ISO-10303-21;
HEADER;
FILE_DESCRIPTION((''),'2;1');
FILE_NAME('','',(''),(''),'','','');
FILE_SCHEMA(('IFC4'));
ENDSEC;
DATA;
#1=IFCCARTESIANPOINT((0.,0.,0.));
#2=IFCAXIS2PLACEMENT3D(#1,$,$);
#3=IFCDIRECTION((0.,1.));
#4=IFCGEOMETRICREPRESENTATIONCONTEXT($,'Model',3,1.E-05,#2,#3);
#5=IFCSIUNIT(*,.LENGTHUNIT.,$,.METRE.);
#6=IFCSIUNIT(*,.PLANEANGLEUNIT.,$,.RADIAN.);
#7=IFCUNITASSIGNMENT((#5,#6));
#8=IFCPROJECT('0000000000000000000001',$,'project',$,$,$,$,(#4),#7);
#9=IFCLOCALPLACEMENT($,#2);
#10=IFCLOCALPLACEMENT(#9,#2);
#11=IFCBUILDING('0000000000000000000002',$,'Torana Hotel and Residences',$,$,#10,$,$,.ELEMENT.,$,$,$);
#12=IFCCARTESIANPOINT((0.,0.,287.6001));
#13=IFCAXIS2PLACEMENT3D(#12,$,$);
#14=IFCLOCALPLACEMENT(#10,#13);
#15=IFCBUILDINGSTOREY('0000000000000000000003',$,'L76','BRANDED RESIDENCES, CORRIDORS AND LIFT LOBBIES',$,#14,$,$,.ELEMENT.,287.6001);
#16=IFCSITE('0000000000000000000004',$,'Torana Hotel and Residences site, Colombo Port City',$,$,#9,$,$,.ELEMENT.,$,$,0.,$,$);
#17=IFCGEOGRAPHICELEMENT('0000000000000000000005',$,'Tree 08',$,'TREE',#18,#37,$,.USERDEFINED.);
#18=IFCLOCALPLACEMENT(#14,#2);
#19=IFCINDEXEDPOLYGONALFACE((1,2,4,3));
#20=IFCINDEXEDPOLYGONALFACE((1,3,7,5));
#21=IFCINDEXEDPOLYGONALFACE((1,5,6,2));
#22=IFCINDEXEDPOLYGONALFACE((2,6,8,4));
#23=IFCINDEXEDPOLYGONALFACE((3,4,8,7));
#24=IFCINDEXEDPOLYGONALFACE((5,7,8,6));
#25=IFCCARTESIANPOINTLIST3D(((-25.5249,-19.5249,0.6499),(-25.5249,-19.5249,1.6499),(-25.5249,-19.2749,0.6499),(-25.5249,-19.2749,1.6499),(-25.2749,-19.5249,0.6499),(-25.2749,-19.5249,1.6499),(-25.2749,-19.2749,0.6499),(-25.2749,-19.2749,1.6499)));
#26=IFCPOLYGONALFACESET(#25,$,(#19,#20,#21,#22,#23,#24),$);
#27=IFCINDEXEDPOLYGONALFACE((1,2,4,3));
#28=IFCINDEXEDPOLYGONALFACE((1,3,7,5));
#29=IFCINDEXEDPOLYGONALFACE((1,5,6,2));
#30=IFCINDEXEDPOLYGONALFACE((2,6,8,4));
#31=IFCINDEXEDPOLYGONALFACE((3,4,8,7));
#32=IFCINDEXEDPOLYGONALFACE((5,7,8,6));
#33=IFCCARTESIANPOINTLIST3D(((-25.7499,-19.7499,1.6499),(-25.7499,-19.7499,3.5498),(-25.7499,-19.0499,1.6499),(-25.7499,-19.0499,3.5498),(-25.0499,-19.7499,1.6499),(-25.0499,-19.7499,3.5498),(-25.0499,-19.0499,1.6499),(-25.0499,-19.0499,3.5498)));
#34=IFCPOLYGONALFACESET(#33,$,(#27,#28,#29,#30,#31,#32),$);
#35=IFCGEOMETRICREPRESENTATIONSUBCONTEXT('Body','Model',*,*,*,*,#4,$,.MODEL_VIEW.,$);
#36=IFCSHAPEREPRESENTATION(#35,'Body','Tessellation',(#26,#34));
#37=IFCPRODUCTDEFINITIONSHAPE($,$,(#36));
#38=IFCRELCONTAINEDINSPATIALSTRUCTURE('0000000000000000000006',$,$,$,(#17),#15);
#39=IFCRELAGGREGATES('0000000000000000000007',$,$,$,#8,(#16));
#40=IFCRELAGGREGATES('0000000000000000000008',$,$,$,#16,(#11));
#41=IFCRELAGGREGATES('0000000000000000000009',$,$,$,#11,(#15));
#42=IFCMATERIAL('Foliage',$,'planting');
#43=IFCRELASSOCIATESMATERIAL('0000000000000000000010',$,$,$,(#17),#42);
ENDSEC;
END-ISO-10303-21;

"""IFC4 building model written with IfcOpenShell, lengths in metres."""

from ifc_helpers import new_model, si_unit, direction, frame, origin, origin_2d, place, context, subcontext, project, spatial, rectangle, extrude, material, element, save


model = new_model("IFC4")

# Units and contexts
model_context = context("Model", 3, precision=1e-05, world=origin(), true_north=direction((0.0, 1.0)))
body_context = subcontext(model_context, "Body", "Model", "MODEL_VIEW")
ifc_project = project(units=[si_unit("LENGTHUNIT", "METRE"), si_unit("PLANEANGLEUNIT", "RADIAN")], contexts=[model_context])

# Site, building, storey
site_placement = place(None, origin())
site = spatial("IfcSite", under=ifc_project, at=site_placement, Name="Torana Hotel and Residences site, Colombo Port City", CompositionType="ELEMENT", RefElevation=0.0)
building_placement = place(site_placement, origin())
building = spatial("IfcBuilding", under=site, at=building_placement, Name="Torana Hotel and Residences", CompositionType="ELEMENT")
storey_placement = place(building_placement, frame((0.0, 0.0, 287.6001)))
storey = spatial("IfcBuildingStorey", under=building, at=storey_placement, Name="L76", Description="BRANDED RESIDENCES, CORRIDORS AND LIFT LOBBIES", CompositionType="ELEMENT", Elevation=287.6001)

# Geographic element
ifc_material_1 = material(Name="Foliage", Category="planting")
geographic_element_placement = place(storey_placement, frame((-25.3999, -19.3999, 0.6499), z_axis=(0.0, 0.0, 1.0), x_axis=(1.0, 0.0, 0.0)))
element("IfcGeographicElement", 1, at=geographic_element_placement, inside=storey, material=ifc_material_1, Name="Tree 08", ObjectType="TREE", PredefinedType="USERDEFINED", context=body_context, shape_type="SweptSolid", body=[
    extrude(rectangle(XDim=0.25, YDim=0.25, at=origin_2d()), origin(), (0.0, 0.0, 1.0), 1.0),
    extrude(rectangle(XDim=0.7, YDim=0.7, at=origin_2d()), frame((0.0, 0.0, 1.0)), (0.0, 0.0, 1.0), 1.8999),
])

save(model, "model.ifc")
